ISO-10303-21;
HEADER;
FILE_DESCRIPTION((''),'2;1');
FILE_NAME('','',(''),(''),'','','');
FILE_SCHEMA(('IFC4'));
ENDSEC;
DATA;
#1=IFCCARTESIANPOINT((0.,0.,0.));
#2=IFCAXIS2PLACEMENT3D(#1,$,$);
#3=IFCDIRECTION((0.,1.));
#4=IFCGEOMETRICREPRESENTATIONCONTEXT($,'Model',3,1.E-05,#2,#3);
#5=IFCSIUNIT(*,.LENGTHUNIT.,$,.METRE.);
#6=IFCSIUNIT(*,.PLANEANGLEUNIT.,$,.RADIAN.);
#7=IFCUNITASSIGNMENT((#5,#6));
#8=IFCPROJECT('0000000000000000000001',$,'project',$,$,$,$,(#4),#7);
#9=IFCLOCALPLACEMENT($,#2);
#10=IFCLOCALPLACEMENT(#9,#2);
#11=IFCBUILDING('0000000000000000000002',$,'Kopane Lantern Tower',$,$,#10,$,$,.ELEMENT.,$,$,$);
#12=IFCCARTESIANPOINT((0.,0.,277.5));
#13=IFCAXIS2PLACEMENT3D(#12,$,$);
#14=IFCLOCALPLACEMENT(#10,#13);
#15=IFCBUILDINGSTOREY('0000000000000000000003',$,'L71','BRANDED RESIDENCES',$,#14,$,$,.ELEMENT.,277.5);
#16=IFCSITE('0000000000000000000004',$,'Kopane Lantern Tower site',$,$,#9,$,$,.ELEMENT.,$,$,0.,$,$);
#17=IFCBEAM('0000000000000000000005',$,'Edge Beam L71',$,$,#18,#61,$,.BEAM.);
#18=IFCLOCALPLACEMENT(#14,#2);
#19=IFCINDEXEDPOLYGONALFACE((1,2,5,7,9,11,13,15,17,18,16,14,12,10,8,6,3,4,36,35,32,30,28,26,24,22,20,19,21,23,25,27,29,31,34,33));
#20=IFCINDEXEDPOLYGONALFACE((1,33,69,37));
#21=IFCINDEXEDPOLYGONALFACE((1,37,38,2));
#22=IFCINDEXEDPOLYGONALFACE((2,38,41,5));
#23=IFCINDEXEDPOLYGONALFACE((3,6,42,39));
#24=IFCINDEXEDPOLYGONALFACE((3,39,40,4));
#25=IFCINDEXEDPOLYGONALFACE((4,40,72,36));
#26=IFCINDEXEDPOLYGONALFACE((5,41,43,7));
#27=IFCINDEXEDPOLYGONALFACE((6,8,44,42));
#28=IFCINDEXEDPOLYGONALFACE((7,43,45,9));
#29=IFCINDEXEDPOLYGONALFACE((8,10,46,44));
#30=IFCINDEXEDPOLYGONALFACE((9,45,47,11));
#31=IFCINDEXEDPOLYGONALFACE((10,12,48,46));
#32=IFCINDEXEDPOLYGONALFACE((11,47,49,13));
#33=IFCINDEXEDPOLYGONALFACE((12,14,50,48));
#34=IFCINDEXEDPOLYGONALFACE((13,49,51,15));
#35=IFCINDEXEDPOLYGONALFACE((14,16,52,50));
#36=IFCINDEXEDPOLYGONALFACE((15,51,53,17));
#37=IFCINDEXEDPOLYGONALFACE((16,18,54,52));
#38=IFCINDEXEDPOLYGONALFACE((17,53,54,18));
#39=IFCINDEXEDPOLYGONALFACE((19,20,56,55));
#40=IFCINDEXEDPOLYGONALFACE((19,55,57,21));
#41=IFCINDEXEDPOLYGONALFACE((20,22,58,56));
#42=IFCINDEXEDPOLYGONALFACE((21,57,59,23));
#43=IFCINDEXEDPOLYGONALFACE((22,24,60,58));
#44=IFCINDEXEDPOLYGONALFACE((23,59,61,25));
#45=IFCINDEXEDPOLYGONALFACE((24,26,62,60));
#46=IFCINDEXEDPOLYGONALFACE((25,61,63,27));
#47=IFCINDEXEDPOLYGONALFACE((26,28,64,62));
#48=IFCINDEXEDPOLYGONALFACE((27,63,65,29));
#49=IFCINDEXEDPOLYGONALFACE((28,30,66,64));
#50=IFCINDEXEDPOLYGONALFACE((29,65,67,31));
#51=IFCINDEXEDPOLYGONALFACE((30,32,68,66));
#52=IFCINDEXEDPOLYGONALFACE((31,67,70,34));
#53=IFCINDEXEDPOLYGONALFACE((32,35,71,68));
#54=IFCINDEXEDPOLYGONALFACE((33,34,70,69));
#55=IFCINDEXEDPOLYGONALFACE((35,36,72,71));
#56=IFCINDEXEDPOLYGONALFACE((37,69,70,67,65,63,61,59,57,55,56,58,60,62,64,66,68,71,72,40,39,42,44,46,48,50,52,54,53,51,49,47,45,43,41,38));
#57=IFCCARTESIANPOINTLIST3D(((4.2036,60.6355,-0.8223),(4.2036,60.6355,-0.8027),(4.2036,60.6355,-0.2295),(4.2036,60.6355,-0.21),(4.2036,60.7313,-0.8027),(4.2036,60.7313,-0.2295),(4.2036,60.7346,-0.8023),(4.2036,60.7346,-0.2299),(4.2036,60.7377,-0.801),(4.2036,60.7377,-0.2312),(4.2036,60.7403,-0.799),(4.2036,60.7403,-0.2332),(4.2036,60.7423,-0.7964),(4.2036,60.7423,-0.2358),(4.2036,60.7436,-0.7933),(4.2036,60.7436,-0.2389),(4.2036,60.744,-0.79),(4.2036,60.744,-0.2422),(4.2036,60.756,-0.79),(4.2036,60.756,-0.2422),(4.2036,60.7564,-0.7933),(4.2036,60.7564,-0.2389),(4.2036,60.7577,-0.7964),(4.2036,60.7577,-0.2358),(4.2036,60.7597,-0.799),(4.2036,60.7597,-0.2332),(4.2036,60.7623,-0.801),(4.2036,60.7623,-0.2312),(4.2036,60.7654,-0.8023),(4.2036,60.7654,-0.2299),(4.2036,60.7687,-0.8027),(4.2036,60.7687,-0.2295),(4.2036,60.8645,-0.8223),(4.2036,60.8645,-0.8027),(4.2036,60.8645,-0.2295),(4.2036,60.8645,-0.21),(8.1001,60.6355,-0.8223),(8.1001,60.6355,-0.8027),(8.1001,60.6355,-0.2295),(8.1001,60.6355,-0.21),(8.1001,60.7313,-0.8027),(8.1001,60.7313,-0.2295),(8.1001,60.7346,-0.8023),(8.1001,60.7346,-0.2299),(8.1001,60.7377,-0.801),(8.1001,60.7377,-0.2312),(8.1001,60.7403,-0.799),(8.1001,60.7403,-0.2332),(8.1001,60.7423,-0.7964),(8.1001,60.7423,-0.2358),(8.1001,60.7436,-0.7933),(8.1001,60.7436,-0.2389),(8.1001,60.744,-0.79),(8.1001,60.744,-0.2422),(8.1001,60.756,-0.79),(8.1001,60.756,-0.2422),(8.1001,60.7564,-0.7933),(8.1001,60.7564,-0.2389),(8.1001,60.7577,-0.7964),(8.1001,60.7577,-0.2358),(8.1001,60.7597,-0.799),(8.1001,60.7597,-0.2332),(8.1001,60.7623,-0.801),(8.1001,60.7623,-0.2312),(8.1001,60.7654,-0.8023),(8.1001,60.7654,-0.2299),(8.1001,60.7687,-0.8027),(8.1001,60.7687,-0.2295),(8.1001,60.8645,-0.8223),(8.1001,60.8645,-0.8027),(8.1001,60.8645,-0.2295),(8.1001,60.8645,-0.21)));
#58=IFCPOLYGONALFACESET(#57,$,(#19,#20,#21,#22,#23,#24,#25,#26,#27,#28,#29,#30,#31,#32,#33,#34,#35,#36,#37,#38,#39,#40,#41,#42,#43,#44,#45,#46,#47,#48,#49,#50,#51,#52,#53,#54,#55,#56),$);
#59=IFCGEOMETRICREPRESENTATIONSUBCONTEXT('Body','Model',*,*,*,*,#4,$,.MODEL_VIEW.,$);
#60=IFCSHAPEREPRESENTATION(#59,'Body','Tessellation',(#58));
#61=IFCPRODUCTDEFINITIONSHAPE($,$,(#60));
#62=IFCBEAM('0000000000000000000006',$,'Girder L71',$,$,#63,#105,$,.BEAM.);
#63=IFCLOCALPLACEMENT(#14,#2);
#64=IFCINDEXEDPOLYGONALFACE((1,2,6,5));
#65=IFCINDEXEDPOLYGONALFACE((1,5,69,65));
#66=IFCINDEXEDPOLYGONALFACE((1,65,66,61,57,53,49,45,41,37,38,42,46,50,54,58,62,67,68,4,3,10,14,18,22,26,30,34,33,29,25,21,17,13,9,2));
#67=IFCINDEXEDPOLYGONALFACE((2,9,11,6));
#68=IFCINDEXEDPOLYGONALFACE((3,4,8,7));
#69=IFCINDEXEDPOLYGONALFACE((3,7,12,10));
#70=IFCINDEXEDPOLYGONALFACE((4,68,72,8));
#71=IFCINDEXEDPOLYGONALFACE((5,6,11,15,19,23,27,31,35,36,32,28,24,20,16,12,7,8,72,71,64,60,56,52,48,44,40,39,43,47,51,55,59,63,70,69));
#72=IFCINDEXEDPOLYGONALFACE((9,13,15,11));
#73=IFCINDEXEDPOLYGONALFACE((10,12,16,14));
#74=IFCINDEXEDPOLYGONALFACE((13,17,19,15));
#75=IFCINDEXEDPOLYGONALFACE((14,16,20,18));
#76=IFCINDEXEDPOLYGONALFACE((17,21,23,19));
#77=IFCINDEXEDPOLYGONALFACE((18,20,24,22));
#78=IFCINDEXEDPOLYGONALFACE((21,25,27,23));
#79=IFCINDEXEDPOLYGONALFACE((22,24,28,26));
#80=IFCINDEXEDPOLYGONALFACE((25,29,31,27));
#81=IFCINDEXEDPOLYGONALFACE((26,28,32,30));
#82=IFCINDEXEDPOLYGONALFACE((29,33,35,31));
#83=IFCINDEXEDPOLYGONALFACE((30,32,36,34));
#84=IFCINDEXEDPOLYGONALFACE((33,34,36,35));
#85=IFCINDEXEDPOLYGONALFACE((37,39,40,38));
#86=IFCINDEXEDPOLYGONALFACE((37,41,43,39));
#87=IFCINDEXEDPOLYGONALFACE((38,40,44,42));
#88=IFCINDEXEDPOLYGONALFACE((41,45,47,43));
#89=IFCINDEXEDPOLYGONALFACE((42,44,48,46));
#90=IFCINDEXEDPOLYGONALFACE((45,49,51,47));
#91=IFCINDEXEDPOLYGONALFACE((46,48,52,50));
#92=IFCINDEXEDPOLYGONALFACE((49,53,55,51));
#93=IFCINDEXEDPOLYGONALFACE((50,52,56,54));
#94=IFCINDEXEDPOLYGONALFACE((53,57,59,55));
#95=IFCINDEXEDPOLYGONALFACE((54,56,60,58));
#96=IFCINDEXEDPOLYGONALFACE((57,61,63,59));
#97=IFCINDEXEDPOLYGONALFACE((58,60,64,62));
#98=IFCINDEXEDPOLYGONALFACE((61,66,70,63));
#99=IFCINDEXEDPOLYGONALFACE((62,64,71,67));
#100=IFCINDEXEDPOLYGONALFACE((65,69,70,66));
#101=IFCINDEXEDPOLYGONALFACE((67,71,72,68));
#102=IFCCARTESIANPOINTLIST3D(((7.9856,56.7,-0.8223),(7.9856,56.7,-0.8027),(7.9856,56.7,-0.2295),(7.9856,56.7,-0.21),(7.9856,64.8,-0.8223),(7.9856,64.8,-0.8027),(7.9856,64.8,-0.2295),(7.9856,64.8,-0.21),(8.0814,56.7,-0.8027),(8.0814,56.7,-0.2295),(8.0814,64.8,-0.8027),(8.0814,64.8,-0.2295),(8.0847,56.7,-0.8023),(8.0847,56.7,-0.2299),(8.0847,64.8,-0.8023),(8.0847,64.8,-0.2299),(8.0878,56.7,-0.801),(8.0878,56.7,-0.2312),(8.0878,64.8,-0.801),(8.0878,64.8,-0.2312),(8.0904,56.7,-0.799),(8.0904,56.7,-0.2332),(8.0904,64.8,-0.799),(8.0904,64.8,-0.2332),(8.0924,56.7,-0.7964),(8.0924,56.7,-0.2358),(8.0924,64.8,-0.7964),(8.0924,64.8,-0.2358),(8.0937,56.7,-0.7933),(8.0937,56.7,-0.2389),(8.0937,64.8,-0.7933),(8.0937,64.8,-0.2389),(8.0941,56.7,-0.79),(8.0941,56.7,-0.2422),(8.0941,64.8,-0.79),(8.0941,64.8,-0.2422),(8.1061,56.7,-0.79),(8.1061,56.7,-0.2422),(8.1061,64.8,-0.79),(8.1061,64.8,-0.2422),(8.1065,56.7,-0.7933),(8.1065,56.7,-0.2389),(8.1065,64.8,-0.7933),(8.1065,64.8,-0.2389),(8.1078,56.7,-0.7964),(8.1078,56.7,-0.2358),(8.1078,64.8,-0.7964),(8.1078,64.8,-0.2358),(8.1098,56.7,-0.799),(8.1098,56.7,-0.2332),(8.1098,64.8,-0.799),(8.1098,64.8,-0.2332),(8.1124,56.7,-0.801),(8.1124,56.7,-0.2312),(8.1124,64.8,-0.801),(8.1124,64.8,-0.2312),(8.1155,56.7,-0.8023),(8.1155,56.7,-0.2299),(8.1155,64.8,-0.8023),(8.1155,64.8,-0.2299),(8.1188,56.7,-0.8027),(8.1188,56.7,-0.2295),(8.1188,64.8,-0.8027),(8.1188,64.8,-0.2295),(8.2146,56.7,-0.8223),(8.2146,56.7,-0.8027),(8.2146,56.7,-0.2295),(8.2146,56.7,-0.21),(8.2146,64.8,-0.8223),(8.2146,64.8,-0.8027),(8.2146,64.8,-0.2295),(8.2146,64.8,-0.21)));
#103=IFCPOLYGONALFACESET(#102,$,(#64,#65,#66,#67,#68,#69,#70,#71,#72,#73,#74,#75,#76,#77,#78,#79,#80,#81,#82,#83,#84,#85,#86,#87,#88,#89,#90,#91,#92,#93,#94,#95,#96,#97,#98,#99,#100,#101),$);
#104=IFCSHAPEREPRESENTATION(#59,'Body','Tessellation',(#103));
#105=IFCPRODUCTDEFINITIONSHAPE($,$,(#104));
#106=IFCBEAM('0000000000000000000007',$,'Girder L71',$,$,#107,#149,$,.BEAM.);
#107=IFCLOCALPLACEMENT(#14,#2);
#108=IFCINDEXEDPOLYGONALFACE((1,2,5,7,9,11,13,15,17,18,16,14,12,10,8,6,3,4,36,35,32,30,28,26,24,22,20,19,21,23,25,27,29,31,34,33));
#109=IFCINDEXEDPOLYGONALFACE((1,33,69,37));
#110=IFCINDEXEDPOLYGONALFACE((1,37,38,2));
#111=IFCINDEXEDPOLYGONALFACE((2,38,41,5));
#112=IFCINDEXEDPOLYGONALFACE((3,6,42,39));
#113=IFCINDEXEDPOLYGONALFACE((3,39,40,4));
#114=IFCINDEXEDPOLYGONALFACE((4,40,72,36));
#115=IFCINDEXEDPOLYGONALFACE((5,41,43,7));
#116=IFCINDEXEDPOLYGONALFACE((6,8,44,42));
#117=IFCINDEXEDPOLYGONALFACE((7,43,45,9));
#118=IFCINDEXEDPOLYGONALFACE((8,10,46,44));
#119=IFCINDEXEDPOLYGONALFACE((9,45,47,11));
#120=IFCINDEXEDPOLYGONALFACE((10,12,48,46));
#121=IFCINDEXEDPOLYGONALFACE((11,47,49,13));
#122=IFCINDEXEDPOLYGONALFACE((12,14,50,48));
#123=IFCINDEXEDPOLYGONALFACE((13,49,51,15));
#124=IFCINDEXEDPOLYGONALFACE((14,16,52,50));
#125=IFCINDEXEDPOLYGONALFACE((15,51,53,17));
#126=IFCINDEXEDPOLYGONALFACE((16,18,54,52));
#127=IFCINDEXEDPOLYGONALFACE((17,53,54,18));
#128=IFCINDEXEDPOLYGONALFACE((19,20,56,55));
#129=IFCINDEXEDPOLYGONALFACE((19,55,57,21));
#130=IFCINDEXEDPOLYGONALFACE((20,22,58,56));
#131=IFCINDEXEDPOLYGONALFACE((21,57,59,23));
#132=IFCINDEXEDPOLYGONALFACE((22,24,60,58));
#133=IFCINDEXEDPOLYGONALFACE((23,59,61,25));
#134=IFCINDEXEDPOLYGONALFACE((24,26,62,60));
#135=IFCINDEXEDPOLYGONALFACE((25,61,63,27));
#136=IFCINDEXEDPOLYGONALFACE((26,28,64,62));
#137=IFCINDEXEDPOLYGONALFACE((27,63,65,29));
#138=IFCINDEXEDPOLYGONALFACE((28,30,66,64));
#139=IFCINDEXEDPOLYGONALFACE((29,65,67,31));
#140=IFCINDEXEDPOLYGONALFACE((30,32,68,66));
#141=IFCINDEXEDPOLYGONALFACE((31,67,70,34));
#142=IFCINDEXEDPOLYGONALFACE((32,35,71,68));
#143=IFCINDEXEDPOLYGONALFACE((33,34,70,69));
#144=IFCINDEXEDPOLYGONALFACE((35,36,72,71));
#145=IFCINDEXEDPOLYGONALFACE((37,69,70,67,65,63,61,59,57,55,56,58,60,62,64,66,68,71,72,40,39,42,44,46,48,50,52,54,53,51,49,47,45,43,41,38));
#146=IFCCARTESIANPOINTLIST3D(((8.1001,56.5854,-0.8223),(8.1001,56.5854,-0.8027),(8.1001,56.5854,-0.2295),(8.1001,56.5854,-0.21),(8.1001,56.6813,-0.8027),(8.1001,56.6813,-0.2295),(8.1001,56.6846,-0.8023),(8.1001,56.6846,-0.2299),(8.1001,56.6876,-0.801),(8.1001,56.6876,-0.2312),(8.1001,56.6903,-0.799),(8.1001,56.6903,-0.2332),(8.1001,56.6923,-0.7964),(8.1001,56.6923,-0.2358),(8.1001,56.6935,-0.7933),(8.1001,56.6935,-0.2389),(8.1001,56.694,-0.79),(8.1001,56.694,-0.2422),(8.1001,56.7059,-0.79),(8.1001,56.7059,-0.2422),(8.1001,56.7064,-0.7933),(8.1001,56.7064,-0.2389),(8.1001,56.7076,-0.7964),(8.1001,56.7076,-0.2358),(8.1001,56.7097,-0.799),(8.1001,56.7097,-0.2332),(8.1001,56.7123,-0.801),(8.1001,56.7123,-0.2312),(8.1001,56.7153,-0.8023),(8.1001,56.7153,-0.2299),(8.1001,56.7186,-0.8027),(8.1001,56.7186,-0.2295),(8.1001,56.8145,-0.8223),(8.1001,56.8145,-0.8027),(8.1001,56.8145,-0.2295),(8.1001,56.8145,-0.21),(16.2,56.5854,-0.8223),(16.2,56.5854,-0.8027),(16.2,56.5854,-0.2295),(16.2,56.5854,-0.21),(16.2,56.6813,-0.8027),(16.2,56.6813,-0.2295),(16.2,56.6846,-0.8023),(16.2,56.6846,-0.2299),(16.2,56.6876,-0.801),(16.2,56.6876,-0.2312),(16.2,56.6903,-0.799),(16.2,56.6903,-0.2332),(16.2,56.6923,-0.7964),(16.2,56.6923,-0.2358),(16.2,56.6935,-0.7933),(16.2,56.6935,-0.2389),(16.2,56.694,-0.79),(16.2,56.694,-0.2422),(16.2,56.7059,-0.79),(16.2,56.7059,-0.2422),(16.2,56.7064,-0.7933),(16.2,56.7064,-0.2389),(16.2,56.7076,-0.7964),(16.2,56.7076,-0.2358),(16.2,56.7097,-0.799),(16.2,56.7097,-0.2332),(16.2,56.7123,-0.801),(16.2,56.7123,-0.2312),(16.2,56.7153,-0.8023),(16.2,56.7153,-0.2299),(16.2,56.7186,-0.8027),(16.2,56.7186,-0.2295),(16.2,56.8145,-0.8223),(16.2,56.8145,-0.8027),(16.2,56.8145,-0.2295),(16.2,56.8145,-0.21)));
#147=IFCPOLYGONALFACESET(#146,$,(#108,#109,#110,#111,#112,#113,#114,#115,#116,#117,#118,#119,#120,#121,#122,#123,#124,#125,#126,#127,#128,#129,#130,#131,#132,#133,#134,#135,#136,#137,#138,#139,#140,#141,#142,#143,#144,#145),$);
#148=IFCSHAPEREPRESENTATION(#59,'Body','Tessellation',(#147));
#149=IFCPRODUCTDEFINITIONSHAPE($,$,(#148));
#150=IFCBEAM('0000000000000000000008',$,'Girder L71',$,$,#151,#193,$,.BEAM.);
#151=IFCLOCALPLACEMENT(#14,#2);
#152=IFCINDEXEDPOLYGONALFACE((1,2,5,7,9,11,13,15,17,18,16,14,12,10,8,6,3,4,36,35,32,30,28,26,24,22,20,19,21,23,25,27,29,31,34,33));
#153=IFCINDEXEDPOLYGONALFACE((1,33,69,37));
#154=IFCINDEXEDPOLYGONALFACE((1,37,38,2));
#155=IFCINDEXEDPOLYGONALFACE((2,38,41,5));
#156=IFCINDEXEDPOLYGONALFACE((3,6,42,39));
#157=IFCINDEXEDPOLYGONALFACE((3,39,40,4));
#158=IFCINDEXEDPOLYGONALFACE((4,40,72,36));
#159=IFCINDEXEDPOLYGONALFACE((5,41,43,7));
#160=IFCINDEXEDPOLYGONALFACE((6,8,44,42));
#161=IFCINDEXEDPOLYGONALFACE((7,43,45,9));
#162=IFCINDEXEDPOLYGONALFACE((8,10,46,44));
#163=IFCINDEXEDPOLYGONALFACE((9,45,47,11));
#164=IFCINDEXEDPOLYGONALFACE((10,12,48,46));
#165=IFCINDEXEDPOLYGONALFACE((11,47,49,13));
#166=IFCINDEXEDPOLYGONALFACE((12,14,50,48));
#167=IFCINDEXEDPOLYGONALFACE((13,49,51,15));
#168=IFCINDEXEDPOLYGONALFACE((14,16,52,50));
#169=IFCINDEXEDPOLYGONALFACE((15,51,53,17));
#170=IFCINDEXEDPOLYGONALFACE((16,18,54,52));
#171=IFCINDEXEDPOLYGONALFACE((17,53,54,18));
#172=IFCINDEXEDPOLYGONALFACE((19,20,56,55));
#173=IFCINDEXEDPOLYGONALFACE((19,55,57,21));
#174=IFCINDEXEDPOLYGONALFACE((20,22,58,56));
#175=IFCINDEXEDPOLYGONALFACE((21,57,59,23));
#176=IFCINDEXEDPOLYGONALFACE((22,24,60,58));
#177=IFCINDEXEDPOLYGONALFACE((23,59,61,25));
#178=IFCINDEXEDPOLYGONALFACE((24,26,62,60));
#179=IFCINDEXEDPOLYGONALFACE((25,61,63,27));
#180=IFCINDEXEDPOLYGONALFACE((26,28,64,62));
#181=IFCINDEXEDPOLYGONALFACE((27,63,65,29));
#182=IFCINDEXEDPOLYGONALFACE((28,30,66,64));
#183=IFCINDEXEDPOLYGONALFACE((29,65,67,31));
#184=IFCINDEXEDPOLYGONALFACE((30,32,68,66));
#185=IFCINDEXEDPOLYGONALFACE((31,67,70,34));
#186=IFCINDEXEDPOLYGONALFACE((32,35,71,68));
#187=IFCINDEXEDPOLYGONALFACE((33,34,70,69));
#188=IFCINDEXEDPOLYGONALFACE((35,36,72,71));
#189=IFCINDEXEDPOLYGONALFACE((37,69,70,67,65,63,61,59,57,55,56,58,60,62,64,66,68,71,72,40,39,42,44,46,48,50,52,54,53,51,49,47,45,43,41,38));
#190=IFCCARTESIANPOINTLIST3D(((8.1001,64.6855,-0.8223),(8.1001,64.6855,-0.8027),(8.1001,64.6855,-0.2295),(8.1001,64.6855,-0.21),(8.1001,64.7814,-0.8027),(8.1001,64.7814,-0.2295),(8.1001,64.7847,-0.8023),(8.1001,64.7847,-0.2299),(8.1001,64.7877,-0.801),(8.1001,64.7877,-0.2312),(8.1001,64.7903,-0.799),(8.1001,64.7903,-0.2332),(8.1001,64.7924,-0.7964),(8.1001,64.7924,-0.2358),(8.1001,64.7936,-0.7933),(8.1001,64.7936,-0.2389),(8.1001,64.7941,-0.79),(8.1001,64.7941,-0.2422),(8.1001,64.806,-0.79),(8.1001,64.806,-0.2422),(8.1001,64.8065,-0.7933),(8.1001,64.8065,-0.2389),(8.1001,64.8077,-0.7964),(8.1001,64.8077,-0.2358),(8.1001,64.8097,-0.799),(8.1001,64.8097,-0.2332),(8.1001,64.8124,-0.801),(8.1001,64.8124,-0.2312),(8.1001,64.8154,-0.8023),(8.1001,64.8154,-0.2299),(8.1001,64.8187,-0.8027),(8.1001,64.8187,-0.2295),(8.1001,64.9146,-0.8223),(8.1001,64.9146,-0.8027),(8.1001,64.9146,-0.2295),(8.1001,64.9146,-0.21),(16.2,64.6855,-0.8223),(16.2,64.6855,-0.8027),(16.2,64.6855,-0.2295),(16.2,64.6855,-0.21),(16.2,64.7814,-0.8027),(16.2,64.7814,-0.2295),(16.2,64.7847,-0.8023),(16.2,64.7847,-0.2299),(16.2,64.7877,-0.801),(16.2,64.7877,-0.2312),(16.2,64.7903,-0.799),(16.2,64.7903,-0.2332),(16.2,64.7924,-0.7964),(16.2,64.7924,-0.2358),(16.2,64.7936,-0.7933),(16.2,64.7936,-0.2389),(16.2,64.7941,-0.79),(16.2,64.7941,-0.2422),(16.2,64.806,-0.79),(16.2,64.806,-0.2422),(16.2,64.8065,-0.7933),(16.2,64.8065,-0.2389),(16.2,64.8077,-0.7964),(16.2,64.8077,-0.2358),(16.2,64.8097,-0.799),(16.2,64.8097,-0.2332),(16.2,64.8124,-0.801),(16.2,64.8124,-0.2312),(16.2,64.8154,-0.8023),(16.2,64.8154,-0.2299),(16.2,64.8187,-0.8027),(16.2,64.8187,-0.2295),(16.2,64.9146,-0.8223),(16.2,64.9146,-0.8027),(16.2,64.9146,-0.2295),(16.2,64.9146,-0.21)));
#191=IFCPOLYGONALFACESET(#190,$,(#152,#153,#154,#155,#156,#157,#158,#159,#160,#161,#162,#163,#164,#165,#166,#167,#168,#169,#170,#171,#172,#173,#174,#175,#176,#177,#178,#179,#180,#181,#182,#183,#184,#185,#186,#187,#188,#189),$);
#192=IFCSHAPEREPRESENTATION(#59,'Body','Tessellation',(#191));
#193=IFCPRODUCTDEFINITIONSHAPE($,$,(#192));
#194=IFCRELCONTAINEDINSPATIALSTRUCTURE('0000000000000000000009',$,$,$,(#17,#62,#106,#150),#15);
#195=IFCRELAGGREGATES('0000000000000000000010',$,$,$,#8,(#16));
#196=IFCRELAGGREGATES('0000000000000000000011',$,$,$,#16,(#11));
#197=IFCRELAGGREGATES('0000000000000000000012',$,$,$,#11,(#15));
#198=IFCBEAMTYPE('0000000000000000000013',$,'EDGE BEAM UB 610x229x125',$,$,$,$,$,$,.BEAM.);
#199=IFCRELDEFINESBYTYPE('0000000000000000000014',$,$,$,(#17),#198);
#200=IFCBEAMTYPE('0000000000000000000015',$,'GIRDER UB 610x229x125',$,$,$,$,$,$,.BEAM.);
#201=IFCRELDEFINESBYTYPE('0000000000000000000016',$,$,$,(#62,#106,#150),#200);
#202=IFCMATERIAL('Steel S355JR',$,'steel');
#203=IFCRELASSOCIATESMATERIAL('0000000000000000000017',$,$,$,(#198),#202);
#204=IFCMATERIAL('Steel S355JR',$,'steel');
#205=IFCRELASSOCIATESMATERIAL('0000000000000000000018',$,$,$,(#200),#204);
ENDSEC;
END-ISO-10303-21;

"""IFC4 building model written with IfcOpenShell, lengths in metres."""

from ifc_helpers import new_model, si_unit, direction, frame, origin, origin_2d, place, context, subcontext, project, spatial, i_section, extrude, material, material_profile, profile_set, type_object, element, save


model = new_model("IFC4")

# Units and contexts
model_context = context("Model", 3, precision=1e-05, world=origin(), true_north=direction((0.0, 1.0)))
body_context = subcontext(model_context, "Body", "Model", "MODEL_VIEW")
ifc_project = project(units=[si_unit("LENGTHUNIT", "METRE"), si_unit("PLANEANGLEUNIT", "RADIAN")], contexts=[model_context])

# Site, building, storey
site_placement = place(None, origin())
site = spatial("IfcSite", under=ifc_project, at=site_placement, Name="Kopane Lantern Tower site", CompositionType="ELEMENT", RefElevation=0.0)
building_placement = place(site_placement, origin())
building = spatial("IfcBuilding", under=site, at=building_placement, Name="Kopane Lantern Tower", CompositionType="ELEMENT")
storey_placement = place(building_placement, frame((0.0, 0.0, 277.5)))
storey = spatial("IfcBuildingStorey", under=building, at=storey_placement, Name="L71", Description="BRANDED RESIDENCES", CompositionType="ELEMENT", Elevation=277.5)

# Beams
ifc_material_1 = material(Name="Steel S355JR", Category="steel")
ifc_material_profile_1 = material_profile(ifc_material_1, i_section(OverallWidth=0.229, OverallDepth=0.6123, WebThickness=0.012, FlangeThickness=0.0195, FilletRadius=0.0127, at=origin_2d()), Name="UB 610x229x125")
ifc_profile_set_1 = profile_set([ifc_material_profile_1], Name="Steel S355JR")
beam_type_1 = type_object("IfcBeamType", Name="EDGE BEAM UB 610x229x125", PredefinedType="BEAM", material=ifc_profile_set_1)
beam_1_placement = place(storey_placement, frame((4.2036, 60.75, -0.5161), z_axis=(1.0, 0.0, 0.0), x_axis=(0.0, 1.0, 0.0)))
element("IfcBeam", 1, at=beam_1_placement, inside=storey, type_object=beam_type_1, Name="Edge Beam L71", PredefinedType="BEAM", context=body_context, shape_type="SweptSolid", body=[
    extrude(i_section(OverallWidth=0.229, OverallDepth=0.6123, WebThickness=0.012, FlangeThickness=0.0195, FilletRadius=0.0127, at=origin_2d()), origin(), (0.0, 0.0, 1.0), 3.8965),
])
ifc_material_2 = material(Name="Steel S355JR", Category="steel")
ifc_material_profile_2 = material_profile(ifc_material_2, i_section(OverallWidth=0.229, OverallDepth=0.6123, WebThickness=0.012, FlangeThickness=0.0195, FilletRadius=0.0127, at=origin_2d()), Name="UB 610x229x125")
ifc_profile_set_2 = profile_set([ifc_material_profile_2], Name="Steel S355JR")
beam_type_2 = type_object("IfcBeamType", Name="GIRDER UB 610x229x125", PredefinedType="BEAM", material=ifc_profile_set_2)
beam_2_placement = place(storey_placement, frame((8.1001, 56.7, -0.5161), z_axis=(0.0, 1.0, 0.0), x_axis=(-1.0, 0.0, 0.0)))
element("IfcBeam", 2, at=beam_2_placement, inside=storey, type_object=beam_type_2, Name="Girder L71", PredefinedType="BEAM", context=body_context, shape_type="SweptSolid", body=[
    extrude(i_section(OverallWidth=0.229, OverallDepth=0.6123, WebThickness=0.012, FlangeThickness=0.0195, FilletRadius=0.0127, at=origin_2d()), origin(), (0.0, 0.0, 1.0), 8.1001),
])
for number, where, z_axis, x_axis, name in (
    (3, (8.1001, 56.7, -0.5161), (1.0, 0.0, 0.0), (0.0, 1.0, 0.0), "Girder L71"),
    (4, (8.1001, 64.8, -0.5161), (1.0, 0.0, 0.0), (0.0, 1.0, 0.0), "Girder L71"),
):
    element("IfcBeam", number, at=place(storey_placement, frame(where, z_axis=z_axis, x_axis=x_axis)), inside=storey, type_object=beam_type_2, Name=name, PredefinedType="BEAM", context=body_context, shape_type="SweptSolid", body=[
        extrude(i_section(OverallWidth=0.229, OverallDepth=0.6123, WebThickness=0.012, FlangeThickness=0.0195, FilletRadius=0.0127, at=origin_2d()), origin(), (0.0, 0.0, 1.0), 8.0999),
    ])

save(model, "model.ifc")
